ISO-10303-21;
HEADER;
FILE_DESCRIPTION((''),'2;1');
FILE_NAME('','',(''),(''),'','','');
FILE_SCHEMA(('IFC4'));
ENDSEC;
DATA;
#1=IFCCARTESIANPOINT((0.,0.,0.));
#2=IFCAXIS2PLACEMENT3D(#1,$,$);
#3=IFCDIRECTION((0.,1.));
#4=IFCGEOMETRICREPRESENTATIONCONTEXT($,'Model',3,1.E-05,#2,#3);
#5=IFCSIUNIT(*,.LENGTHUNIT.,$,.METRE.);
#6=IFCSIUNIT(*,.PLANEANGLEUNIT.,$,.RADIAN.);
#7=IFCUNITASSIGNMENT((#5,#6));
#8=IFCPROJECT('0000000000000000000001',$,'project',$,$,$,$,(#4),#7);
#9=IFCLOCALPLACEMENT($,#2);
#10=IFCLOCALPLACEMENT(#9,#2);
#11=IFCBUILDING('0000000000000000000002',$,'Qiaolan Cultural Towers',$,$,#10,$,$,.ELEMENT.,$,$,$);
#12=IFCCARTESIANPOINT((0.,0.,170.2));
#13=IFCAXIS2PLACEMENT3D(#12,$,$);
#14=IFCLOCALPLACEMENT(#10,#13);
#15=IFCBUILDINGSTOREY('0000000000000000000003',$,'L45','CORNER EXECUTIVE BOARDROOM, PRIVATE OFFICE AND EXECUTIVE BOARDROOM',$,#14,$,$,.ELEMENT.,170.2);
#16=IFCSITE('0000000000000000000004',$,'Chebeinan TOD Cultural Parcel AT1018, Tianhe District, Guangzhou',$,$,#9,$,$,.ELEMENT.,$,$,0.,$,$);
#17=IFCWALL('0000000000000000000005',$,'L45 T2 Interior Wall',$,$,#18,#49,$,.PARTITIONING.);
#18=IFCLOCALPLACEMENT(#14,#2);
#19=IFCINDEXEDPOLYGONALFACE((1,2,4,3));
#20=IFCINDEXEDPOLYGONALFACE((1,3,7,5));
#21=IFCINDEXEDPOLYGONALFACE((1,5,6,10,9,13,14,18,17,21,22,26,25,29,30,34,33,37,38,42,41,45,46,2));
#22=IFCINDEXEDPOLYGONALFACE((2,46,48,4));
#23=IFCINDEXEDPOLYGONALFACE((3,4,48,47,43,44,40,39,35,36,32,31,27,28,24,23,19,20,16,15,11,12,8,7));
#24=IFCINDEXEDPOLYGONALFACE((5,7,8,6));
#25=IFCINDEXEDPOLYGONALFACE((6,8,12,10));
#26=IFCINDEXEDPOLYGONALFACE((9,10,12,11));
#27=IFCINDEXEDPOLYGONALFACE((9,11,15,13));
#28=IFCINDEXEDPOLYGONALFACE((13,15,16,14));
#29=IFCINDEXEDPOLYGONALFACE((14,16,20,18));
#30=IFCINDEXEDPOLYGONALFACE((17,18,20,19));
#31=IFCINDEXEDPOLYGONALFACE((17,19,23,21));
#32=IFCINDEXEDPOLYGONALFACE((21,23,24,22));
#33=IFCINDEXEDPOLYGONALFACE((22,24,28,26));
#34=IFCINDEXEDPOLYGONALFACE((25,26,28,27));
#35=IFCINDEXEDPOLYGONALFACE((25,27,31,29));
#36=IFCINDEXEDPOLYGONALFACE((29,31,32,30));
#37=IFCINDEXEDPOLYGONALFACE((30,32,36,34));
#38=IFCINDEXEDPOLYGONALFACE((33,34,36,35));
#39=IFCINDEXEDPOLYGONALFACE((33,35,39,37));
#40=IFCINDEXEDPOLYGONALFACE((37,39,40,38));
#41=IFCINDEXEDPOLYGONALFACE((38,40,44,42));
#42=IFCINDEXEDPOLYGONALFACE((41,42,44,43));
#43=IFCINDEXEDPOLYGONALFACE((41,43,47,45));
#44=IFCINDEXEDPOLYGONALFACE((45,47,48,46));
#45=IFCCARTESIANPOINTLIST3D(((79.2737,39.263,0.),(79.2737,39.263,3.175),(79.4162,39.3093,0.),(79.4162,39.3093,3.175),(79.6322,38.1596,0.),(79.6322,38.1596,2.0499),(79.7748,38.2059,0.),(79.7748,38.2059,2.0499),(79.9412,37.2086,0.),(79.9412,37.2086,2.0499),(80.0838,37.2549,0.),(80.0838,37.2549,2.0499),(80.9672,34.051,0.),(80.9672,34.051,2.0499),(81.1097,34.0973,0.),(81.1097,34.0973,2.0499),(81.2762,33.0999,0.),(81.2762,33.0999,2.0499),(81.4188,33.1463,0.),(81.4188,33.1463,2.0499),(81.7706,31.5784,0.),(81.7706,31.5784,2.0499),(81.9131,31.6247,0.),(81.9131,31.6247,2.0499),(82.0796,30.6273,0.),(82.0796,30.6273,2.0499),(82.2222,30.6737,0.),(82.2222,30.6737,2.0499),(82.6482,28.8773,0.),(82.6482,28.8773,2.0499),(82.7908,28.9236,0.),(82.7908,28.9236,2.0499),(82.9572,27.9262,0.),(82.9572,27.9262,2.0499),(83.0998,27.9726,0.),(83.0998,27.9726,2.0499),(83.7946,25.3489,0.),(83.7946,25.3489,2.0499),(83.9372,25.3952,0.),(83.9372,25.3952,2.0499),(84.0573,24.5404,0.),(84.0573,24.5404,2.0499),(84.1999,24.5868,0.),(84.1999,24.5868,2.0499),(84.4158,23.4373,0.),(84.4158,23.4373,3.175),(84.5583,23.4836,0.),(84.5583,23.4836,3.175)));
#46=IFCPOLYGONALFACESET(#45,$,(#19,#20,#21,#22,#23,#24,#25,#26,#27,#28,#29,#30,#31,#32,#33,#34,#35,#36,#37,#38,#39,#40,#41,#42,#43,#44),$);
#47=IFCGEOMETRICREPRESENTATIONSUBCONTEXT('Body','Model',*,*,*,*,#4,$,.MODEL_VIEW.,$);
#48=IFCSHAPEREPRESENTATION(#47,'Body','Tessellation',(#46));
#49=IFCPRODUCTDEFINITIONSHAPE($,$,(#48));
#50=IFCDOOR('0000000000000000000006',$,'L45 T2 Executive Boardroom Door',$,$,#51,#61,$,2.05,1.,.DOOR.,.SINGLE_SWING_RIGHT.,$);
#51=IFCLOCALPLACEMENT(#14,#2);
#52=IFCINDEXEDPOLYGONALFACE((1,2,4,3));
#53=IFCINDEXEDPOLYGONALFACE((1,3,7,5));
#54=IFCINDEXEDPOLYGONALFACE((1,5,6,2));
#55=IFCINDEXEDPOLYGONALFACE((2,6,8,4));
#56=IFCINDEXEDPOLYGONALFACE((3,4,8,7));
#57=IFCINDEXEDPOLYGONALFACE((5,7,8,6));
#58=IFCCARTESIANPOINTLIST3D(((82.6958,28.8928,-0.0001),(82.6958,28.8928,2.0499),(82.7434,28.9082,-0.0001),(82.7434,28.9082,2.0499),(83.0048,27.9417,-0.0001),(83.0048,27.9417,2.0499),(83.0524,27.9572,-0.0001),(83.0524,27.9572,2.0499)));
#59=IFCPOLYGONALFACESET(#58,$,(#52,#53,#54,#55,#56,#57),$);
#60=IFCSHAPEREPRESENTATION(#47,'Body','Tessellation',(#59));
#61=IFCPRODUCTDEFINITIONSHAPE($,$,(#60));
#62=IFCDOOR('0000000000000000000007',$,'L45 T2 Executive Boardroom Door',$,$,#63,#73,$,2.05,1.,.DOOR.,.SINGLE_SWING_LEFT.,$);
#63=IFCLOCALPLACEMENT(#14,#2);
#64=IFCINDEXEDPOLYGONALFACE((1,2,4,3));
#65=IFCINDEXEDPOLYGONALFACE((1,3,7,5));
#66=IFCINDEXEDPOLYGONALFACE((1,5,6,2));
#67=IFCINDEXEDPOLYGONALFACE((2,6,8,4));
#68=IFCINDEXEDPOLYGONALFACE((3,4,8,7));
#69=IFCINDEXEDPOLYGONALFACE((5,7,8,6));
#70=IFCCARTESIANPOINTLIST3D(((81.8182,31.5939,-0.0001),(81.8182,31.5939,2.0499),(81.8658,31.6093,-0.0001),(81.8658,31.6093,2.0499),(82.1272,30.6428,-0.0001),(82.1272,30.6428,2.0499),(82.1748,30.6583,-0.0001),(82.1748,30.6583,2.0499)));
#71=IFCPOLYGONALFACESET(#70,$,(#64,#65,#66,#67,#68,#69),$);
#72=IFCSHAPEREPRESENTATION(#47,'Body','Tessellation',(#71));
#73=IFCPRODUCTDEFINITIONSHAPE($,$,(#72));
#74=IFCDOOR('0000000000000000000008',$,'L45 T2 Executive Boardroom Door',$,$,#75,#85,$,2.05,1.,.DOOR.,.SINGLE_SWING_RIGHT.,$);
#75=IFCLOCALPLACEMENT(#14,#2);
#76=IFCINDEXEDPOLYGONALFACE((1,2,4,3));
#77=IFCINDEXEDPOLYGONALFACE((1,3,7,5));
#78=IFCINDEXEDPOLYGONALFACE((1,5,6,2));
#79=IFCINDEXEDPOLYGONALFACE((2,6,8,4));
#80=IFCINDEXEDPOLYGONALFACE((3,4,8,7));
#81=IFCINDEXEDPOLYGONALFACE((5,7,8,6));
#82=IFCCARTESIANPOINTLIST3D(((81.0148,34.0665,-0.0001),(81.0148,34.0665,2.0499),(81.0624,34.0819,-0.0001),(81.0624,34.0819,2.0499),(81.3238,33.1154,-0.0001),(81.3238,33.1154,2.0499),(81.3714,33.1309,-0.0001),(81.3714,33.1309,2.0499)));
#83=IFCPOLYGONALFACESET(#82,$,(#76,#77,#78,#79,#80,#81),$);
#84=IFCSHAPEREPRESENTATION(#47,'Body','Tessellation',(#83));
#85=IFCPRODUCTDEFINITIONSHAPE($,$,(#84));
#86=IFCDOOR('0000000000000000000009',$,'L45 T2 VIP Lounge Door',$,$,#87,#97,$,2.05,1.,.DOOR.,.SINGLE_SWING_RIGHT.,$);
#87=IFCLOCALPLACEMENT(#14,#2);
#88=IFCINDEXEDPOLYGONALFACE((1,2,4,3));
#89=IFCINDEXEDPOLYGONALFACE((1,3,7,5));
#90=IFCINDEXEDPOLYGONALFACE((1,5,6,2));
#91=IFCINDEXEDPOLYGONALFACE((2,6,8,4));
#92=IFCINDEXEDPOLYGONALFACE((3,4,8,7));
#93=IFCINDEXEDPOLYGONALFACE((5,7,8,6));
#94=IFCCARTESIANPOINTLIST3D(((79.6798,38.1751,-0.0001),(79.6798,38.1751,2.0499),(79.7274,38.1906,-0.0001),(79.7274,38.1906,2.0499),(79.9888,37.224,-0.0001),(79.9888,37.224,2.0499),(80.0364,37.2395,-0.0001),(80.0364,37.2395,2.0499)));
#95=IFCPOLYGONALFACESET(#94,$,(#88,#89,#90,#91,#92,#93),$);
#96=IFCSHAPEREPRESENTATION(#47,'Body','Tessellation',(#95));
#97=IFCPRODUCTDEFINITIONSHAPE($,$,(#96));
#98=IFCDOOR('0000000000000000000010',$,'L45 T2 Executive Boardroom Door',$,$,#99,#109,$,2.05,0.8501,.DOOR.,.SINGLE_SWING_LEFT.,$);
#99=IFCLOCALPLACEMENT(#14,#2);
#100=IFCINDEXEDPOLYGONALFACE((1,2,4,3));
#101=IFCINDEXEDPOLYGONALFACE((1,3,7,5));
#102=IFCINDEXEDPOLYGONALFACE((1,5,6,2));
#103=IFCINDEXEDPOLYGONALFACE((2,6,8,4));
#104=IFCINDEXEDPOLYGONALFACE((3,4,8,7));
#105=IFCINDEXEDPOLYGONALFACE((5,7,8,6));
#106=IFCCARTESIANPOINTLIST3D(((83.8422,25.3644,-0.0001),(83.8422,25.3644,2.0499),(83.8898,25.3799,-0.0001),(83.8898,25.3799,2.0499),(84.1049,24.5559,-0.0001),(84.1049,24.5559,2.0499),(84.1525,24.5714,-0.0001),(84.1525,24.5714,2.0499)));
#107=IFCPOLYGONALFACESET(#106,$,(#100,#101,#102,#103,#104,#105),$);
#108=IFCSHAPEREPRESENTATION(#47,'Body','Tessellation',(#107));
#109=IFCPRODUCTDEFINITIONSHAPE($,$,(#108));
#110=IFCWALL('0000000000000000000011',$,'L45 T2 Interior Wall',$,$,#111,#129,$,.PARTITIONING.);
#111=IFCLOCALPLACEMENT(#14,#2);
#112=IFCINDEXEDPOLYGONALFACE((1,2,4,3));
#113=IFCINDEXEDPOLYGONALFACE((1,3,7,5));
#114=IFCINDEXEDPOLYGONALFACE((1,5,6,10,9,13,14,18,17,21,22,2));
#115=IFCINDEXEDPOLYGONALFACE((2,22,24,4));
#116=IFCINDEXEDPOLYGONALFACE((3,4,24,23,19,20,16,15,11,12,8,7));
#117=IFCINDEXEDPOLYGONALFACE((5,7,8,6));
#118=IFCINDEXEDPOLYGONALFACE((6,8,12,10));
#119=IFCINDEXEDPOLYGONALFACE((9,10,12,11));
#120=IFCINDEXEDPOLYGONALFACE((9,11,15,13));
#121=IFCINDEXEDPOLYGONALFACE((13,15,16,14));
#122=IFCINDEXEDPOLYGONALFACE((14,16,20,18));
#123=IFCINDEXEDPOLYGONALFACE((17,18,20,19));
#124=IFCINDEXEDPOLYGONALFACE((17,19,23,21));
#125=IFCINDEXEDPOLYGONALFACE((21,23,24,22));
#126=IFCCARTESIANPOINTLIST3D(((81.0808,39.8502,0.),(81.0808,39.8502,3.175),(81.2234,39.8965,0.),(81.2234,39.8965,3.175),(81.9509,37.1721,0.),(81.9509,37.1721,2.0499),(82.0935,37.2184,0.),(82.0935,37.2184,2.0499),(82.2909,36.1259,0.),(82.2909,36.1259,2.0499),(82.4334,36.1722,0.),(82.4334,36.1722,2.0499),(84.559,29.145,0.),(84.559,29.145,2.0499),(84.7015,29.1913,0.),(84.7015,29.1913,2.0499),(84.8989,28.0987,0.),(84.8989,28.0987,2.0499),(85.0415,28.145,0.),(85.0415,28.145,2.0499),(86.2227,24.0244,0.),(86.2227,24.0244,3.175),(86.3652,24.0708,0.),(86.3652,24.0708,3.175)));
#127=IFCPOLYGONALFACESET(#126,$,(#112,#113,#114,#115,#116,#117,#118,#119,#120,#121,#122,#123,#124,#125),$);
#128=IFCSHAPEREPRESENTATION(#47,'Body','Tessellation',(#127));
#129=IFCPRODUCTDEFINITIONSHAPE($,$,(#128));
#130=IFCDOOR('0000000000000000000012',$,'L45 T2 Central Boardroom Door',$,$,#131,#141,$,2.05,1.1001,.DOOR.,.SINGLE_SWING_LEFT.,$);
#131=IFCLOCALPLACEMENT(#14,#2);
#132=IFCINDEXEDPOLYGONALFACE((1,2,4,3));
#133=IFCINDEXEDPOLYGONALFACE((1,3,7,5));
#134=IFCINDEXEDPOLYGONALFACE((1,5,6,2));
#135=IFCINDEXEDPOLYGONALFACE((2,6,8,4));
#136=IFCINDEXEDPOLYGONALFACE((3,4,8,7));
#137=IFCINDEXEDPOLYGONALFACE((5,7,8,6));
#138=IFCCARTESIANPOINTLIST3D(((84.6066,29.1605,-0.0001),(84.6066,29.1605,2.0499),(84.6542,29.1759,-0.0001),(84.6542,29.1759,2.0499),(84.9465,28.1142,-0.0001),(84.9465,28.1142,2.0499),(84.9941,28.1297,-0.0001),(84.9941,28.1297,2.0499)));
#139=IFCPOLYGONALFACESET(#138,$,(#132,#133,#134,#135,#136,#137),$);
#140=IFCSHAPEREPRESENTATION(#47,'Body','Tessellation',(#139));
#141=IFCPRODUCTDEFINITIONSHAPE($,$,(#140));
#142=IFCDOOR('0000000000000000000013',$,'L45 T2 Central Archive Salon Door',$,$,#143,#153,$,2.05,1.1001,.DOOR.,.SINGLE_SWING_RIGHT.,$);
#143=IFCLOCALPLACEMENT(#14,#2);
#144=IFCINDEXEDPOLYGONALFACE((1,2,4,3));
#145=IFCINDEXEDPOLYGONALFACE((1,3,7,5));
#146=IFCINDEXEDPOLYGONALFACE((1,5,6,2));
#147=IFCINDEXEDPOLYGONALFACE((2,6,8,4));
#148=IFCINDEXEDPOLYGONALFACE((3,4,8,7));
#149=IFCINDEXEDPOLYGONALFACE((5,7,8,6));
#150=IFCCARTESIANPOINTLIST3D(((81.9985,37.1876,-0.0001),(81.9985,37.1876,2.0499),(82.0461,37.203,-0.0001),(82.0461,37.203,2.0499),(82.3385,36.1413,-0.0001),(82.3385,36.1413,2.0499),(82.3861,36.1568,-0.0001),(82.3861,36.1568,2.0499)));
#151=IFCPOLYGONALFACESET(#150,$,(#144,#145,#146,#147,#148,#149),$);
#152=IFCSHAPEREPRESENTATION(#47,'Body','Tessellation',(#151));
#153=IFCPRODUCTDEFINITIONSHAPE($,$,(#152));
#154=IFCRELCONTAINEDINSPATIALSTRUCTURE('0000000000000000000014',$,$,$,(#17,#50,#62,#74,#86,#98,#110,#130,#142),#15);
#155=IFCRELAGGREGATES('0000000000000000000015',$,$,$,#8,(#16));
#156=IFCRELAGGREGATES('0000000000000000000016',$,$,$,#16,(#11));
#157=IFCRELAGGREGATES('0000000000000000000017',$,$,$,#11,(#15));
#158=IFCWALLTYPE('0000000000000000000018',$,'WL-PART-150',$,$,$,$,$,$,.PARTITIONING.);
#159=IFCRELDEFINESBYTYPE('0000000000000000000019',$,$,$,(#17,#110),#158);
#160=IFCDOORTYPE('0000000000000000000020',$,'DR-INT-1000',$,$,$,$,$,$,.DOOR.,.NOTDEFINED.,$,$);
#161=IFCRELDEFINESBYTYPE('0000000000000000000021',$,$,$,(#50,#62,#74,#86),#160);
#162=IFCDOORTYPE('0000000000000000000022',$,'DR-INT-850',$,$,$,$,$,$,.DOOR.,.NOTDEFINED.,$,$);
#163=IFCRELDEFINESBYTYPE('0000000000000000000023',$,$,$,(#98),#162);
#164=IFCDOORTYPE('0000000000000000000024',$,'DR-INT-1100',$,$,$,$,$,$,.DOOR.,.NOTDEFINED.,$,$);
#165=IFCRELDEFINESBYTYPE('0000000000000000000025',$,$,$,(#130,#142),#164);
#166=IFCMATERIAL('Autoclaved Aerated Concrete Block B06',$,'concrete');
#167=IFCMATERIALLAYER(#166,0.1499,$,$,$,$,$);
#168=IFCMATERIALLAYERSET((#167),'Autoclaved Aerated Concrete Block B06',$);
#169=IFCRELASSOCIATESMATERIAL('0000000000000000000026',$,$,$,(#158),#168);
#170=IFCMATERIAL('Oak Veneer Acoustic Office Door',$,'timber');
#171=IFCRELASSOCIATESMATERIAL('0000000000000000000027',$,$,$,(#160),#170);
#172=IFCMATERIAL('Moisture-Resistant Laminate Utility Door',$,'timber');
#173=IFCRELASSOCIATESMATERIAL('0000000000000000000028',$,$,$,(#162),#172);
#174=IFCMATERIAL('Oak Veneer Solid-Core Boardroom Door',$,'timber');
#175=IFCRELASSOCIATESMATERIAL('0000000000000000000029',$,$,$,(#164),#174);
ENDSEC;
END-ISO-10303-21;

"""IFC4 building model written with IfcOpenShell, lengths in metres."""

from ifc_helpers import new_model, si_unit, direction, frame, frame_2d, origin, place, context, subcontext, project, spatial, rectangle, extrude, material, layer, layer_set, type_object, element, fill, save


model = new_model("IFC4")

# Units and contexts
model_context = context("Model", 3, precision=1e-05, world=origin(), true_north=direction((0.0, 1.0)))
body_context = subcontext(model_context, "Body", "Model", "MODEL_VIEW")
ifc_project = project(units=[si_unit("LENGTHUNIT", "METRE"), si_unit("PLANEANGLEUNIT", "RADIAN")], contexts=[model_context])

# Site, building, storey
site_placement = place(None, origin())
site = spatial("IfcSite", under=ifc_project, at=site_placement, Name="Chebeinan TOD Cultural Parcel AT1018, Tianhe District, Guangzhou", CompositionType="ELEMENT", RefElevation=0.0)
building_placement = place(site_placement, origin())
building = spatial("IfcBuilding", under=site, at=building_placement, Name="Qiaolan Cultural Towers", CompositionType="ELEMENT")
storey_placement = place(building_placement, frame((0.0, 0.0, 170.2)))
storey = spatial("IfcBuildingStorey", under=building, at=storey_placement, Name="L45", Description="CORNER EXECUTIVE BOARDROOM, PRIVATE OFFICE AND EXECUTIVE BOARDROOM", CompositionType="ELEMENT", Elevation=170.2)

# Shared definitions
ifc_material_1 = material(Name="Autoclaved Aerated Concrete Block B06", Category="concrete")
ifc_layer_1 = layer(ifc_material_1, 0.1499)
ifc_layer_set_1 = layer_set([ifc_layer_1], Name="Autoclaved Aerated Concrete Block B06")
wall_type_1 = type_object("IfcWallType", Name="WL-PART-150", PredefinedType="PARTITIONING", material=ifc_layer_set_1)

# Shared definitions
ifc_material_2 = material(Name="Oak Veneer Acoustic Office Door", Category="timber")
door_type_1 = type_object("IfcDoorType", Name="DR-INT-1000", OperationType="NOTDEFINED", PredefinedType="DOOR", material=ifc_material_2)

# Walls, openings, doors
wall_1_placement = place(storey_placement, frame((84.4871, 23.4604, 0.0), z_axis=(0.0, 0.0, 1.0), x_axis=(-0.309018, 0.951056, 0.0)))
wall_1 = element("IfcWall", 1, at=wall_1_placement, inside=storey, type_object=wall_type_1, Name="L45 T2 Interior Wall", PredefinedType="PARTITIONING", context=body_context, shape_type="SweptSolid", body=[
    extrude(rectangle(XDim=16.6401, YDim=0.1499, at=frame_2d((8.3201, 0.0))), origin(), (0.0, 0.0, 1.0), 3.175),
])
opening_1_placement = place(wall_1_placement, frame((1.1599, 0.0, 0.0)))
opening_1 = element("IfcOpeningElement", 2, at=opening_1_placement, cuts=wall_1, PredefinedType="OPENING", context=body_context, shape_type="SweptSolid", body=[
    extrude(rectangle(XDim=0.8501, YDim=2.05, at=frame_2d((0.425, 1.0249))), frame((0.0, 0.085, 0.0), z_axis=(0.0, -1.0, 0.0), x_axis=(1.0, 0.0, 0.0)), (0.0, 0.0, 1.0), 0.1699),
])
opening_2_placement = place(wall_1_placement, frame((4.72, 0.0, 0.0)))
opening_2 = element("IfcOpeningElement", 3, at=opening_2_placement, cuts=wall_1, PredefinedType="OPENING", context=body_context, shape_type="SweptSolid", body=[
    extrude(rectangle(XDim=1.0, YDim=2.05, at=frame_2d((0.5, 1.0249))), frame((0.0, 0.085, 0.0), z_axis=(0.0, -1.0, 0.0), x_axis=(1.0, 0.0, 0.0)), (0.0, 0.0, 1.0), 0.1699),
])
opening_3_placement = place(wall_1_placement, frame((7.5601, 0.0, 0.0)))
opening_3 = element("IfcOpeningElement", 4, at=opening_3_placement, cuts=wall_1, PredefinedType="OPENING", context=body_context, shape_type="SweptSolid", body=[
    extrude(rectangle(XDim=1.0, YDim=2.05, at=frame_2d((0.5, 1.0249))), frame((0.0, 0.085, 0.0), z_axis=(0.0, -1.0, 0.0), x_axis=(1.0, 0.0, 0.0)), (0.0, 0.0, 1.0), 0.1699),
])
opening_4_placement = place(wall_1_placement, frame((10.1599, 0.0, 0.0)))
opening_4 = element("IfcOpeningElement", 5, at=opening_4_placement, cuts=wall_1, PredefinedType="OPENING", context=body_context, shape_type="SweptSolid", body=[
    extrude(rectangle(XDim=1.0, YDim=2.05, at=frame_2d((0.5, 1.0249))), frame((0.0, 0.085, 0.0), z_axis=(0.0, -1.0, 0.0), x_axis=(1.0, 0.0, 0.0)), (0.0, 0.0, 1.0), 0.1699),
])
opening_5_placement = place(wall_1_placement, frame((14.48, 0.0, 0.0)))
opening_5 = element("IfcOpeningElement", 6, at=opening_5_placement, cuts=wall_1, PredefinedType="OPENING", context=body_context, shape_type="SweptSolid", body=[
    extrude(rectangle(XDim=1.0, YDim=2.05, at=frame_2d((0.5, 1.0249))), frame((0.0, 0.085, 0.0), z_axis=(0.0, -1.0, 0.0), x_axis=(1.0, 0.0, 0.0)), (0.0, 0.0, 1.0), 0.1699),
])
door_1_placement = place(opening_2_placement, origin())
door_1 = element("IfcDoor", 7, at=door_1_placement, inside=storey, type_object=door_type_1, Name="L45 T2 Executive Boardroom Door", OperationType="SINGLE_SWING_RIGHT", OverallHeight=2.05, OverallWidth=1.0, PredefinedType="DOOR", context=body_context, shape_type="SweptSolid", body=[
    extrude(rectangle(XDim=1.0, YDim=2.05, at=frame_2d((0.5, 1.0249))), frame((0.0, 0.0249, 0.0), z_axis=(0.0, -1.0, 0.0), x_axis=(1.0, 0.0, 0.0)), (0.0, 0.0, 1.0), 0.05),
])
fill(opening_2, door_1)
door_2_placement = place(opening_3_placement, origin())
door_2 = element("IfcDoor", 8, at=door_2_placement, inside=storey, type_object=door_type_1, Name="L45 T2 Executive Boardroom Door", OperationType="SINGLE_SWING_LEFT", OverallHeight=2.05, OverallWidth=1.0, PredefinedType="DOOR", context=body_context, shape_type="SweptSolid", body=[
    extrude(rectangle(XDim=1.0, YDim=2.05, at=frame_2d((0.5, 1.0249))), frame((0.0, 0.0249, 0.0), z_axis=(0.0, -1.0, 0.0), x_axis=(1.0, 0.0, 0.0)), (0.0, 0.0, 1.0), 0.05),
])
fill(opening_3, door_2)
door_3_placement = place(opening_4_placement, origin())
door_3 = element("IfcDoor", 9, at=door_3_placement, inside=storey, type_object=door_type_1, Name="L45 T2 Executive Boardroom Door", OperationType="SINGLE_SWING_RIGHT", OverallHeight=2.05, OverallWidth=1.0, PredefinedType="DOOR", context=body_context, shape_type="SweptSolid", body=[
    extrude(rectangle(XDim=1.0, YDim=2.05, at=frame_2d((0.5, 1.0249))), frame((0.0, 0.0249, 0.0), z_axis=(0.0, -1.0, 0.0), x_axis=(1.0, 0.0, 0.0)), (0.0, 0.0, 1.0), 0.05),
])
fill(opening_4, door_3)
door_4_placement = place(opening_5_placement, origin())
door_4 = element("IfcDoor", 10, at=door_4_placement, inside=storey, type_object=door_type_1, Name="L45 T2 VIP Lounge Door", OperationType="SINGLE_SWING_RIGHT", OverallHeight=2.05, OverallWidth=1.0, PredefinedType="DOOR", context=body_context, shape_type="SweptSolid", body=[
    extrude(rectangle(XDim=1.0, YDim=2.05, at=frame_2d((0.5, 1.0249))), frame((0.0, 0.0249, 0.0), z_axis=(0.0, -1.0, 0.0), x_axis=(1.0, 0.0, 0.0)), (0.0, 0.0, 1.0), 0.05),
])
fill(opening_5, door_4)
ifc_material_3 = material(Name="Moisture-Resistant Laminate Utility Door", Category="timber")
door_type_2 = type_object("IfcDoorType", Name="DR-INT-850", OperationType="NOTDEFINED", PredefinedType="DOOR", material=ifc_material_3)
door_5_placement = place(opening_1_placement, origin())
door_5 = element("IfcDoor", 11, at=door_5_placement, inside=storey, type_object=door_type_2, Name="L45 T2 Executive Boardroom Door", OperationType="SINGLE_SWING_LEFT", OverallHeight=2.05, OverallWidth=0.8501, PredefinedType="DOOR", context=body_context, shape_type="SweptSolid", body=[
    extrude(rectangle(XDim=0.8501, YDim=2.05, at=frame_2d((0.425, 1.0249))), frame((0.0, 0.0249, 0.0), z_axis=(0.0, -1.0, 0.0), x_axis=(1.0, 0.0, 0.0)), (0.0, 0.0, 1.0), 0.05),
])
fill(opening_1, door_5)
wall_2_placement = place(storey_placement, frame((86.2939, 24.0476, 0.0), z_axis=(0.0, 0.0, 1.0), x_axis=(-0.309004, 0.951061, 0.0)))
wall_2 = element("IfcWall", 12, at=wall_2_placement, inside=storey, type_object=wall_type_1, Name="L45 T2 Interior Wall", PredefinedType="PARTITIONING", context=body_context, shape_type="SweptSolid", body=[
    extrude(rectangle(XDim=16.6401, YDim=0.1499, at=frame_2d((8.3201, 0.0))), origin(), (0.0, 0.0, 1.0), 3.175),
])
opening_6_placement = place(wall_2_placement, frame((4.2839, 0.0, 0.0)))
opening_6 = element("IfcOpeningElement", 13, at=opening_6_placement, cuts=wall_2, PredefinedType="OPENING", context=body_context, shape_type="SweptSolid", body=[
    extrude(rectangle(XDim=1.1001, YDim=2.05, at=frame_2d((0.55, 1.0249))), frame((0.0, 0.085, 0.0), z_axis=(0.0, -1.0, 0.0), x_axis=(1.0, 0.0, 0.0)), (0.0, 0.0, 1.0), 0.1699),
])
opening_7_placement = place(wall_2_placement, frame((12.7241, 0.0, 0.0)))
opening_7 = element("IfcOpeningElement", 14, at=opening_7_placement, cuts=wall_2, PredefinedType="OPENING", context=body_context, shape_type="SweptSolid", body=[
    extrude(rectangle(XDim=1.1001, YDim=2.05, at=frame_2d((0.55, 1.0249))), frame((0.0, 0.085, 0.0), z_axis=(0.0, -1.0, 0.0), x_axis=(1.0, 0.0, 0.0)), (0.0, 0.0, 1.0), 0.1699),
])
ifc_material_4 = material(Name="Oak Veneer Solid-Core Boardroom Door", Category="timber")
door_type_3 = type_object("IfcDoorType", Name="DR-INT-1100", OperationType="NOTDEFINED", PredefinedType="DOOR", material=ifc_material_4)
door_6_placement = place(opening_6_placement, origin())
door_6 = element("IfcDoor", 15, at=door_6_placement, inside=storey, type_object=door_type_3, Name="L45 T2 Central Boardroom Door", OperationType="SINGLE_SWING_LEFT", OverallHeight=2.05, OverallWidth=1.1001, PredefinedType="DOOR", context=body_context, shape_type="SweptSolid", body=[
    extrude(rectangle(XDim=1.1001, YDim=2.05, at=frame_2d((0.55, 1.0249))), frame((0.0, 0.0249, 0.0), z_axis=(0.0, -1.0, 0.0), x_axis=(1.0, 0.0, 0.0)), (0.0, 0.0, 1.0), 0.05),
])
fill(opening_6, door_6)
door_7_placement = place(opening_7_placement, origin())
door_7 = element("IfcDoor", 16, at=door_7_placement, inside=storey, type_object=door_type_3, Name="L45 T2 Central Archive Salon Door", OperationType="SINGLE_SWING_RIGHT", OverallHeight=2.05, OverallWidth=1.1001, PredefinedType="DOOR", context=body_context, shape_type="SweptSolid", body=[
    extrude(rectangle(XDim=1.1001, YDim=2.05, at=frame_2d((0.55, 1.0249))), frame((0.0, 0.0249, 0.0), z_axis=(0.0, -1.0, 0.0), x_axis=(1.0, 0.0, 0.0)), (0.0, 0.0, 1.0), 0.05),
])
fill(opening_7, door_7)

save(model, "model.ifc")
